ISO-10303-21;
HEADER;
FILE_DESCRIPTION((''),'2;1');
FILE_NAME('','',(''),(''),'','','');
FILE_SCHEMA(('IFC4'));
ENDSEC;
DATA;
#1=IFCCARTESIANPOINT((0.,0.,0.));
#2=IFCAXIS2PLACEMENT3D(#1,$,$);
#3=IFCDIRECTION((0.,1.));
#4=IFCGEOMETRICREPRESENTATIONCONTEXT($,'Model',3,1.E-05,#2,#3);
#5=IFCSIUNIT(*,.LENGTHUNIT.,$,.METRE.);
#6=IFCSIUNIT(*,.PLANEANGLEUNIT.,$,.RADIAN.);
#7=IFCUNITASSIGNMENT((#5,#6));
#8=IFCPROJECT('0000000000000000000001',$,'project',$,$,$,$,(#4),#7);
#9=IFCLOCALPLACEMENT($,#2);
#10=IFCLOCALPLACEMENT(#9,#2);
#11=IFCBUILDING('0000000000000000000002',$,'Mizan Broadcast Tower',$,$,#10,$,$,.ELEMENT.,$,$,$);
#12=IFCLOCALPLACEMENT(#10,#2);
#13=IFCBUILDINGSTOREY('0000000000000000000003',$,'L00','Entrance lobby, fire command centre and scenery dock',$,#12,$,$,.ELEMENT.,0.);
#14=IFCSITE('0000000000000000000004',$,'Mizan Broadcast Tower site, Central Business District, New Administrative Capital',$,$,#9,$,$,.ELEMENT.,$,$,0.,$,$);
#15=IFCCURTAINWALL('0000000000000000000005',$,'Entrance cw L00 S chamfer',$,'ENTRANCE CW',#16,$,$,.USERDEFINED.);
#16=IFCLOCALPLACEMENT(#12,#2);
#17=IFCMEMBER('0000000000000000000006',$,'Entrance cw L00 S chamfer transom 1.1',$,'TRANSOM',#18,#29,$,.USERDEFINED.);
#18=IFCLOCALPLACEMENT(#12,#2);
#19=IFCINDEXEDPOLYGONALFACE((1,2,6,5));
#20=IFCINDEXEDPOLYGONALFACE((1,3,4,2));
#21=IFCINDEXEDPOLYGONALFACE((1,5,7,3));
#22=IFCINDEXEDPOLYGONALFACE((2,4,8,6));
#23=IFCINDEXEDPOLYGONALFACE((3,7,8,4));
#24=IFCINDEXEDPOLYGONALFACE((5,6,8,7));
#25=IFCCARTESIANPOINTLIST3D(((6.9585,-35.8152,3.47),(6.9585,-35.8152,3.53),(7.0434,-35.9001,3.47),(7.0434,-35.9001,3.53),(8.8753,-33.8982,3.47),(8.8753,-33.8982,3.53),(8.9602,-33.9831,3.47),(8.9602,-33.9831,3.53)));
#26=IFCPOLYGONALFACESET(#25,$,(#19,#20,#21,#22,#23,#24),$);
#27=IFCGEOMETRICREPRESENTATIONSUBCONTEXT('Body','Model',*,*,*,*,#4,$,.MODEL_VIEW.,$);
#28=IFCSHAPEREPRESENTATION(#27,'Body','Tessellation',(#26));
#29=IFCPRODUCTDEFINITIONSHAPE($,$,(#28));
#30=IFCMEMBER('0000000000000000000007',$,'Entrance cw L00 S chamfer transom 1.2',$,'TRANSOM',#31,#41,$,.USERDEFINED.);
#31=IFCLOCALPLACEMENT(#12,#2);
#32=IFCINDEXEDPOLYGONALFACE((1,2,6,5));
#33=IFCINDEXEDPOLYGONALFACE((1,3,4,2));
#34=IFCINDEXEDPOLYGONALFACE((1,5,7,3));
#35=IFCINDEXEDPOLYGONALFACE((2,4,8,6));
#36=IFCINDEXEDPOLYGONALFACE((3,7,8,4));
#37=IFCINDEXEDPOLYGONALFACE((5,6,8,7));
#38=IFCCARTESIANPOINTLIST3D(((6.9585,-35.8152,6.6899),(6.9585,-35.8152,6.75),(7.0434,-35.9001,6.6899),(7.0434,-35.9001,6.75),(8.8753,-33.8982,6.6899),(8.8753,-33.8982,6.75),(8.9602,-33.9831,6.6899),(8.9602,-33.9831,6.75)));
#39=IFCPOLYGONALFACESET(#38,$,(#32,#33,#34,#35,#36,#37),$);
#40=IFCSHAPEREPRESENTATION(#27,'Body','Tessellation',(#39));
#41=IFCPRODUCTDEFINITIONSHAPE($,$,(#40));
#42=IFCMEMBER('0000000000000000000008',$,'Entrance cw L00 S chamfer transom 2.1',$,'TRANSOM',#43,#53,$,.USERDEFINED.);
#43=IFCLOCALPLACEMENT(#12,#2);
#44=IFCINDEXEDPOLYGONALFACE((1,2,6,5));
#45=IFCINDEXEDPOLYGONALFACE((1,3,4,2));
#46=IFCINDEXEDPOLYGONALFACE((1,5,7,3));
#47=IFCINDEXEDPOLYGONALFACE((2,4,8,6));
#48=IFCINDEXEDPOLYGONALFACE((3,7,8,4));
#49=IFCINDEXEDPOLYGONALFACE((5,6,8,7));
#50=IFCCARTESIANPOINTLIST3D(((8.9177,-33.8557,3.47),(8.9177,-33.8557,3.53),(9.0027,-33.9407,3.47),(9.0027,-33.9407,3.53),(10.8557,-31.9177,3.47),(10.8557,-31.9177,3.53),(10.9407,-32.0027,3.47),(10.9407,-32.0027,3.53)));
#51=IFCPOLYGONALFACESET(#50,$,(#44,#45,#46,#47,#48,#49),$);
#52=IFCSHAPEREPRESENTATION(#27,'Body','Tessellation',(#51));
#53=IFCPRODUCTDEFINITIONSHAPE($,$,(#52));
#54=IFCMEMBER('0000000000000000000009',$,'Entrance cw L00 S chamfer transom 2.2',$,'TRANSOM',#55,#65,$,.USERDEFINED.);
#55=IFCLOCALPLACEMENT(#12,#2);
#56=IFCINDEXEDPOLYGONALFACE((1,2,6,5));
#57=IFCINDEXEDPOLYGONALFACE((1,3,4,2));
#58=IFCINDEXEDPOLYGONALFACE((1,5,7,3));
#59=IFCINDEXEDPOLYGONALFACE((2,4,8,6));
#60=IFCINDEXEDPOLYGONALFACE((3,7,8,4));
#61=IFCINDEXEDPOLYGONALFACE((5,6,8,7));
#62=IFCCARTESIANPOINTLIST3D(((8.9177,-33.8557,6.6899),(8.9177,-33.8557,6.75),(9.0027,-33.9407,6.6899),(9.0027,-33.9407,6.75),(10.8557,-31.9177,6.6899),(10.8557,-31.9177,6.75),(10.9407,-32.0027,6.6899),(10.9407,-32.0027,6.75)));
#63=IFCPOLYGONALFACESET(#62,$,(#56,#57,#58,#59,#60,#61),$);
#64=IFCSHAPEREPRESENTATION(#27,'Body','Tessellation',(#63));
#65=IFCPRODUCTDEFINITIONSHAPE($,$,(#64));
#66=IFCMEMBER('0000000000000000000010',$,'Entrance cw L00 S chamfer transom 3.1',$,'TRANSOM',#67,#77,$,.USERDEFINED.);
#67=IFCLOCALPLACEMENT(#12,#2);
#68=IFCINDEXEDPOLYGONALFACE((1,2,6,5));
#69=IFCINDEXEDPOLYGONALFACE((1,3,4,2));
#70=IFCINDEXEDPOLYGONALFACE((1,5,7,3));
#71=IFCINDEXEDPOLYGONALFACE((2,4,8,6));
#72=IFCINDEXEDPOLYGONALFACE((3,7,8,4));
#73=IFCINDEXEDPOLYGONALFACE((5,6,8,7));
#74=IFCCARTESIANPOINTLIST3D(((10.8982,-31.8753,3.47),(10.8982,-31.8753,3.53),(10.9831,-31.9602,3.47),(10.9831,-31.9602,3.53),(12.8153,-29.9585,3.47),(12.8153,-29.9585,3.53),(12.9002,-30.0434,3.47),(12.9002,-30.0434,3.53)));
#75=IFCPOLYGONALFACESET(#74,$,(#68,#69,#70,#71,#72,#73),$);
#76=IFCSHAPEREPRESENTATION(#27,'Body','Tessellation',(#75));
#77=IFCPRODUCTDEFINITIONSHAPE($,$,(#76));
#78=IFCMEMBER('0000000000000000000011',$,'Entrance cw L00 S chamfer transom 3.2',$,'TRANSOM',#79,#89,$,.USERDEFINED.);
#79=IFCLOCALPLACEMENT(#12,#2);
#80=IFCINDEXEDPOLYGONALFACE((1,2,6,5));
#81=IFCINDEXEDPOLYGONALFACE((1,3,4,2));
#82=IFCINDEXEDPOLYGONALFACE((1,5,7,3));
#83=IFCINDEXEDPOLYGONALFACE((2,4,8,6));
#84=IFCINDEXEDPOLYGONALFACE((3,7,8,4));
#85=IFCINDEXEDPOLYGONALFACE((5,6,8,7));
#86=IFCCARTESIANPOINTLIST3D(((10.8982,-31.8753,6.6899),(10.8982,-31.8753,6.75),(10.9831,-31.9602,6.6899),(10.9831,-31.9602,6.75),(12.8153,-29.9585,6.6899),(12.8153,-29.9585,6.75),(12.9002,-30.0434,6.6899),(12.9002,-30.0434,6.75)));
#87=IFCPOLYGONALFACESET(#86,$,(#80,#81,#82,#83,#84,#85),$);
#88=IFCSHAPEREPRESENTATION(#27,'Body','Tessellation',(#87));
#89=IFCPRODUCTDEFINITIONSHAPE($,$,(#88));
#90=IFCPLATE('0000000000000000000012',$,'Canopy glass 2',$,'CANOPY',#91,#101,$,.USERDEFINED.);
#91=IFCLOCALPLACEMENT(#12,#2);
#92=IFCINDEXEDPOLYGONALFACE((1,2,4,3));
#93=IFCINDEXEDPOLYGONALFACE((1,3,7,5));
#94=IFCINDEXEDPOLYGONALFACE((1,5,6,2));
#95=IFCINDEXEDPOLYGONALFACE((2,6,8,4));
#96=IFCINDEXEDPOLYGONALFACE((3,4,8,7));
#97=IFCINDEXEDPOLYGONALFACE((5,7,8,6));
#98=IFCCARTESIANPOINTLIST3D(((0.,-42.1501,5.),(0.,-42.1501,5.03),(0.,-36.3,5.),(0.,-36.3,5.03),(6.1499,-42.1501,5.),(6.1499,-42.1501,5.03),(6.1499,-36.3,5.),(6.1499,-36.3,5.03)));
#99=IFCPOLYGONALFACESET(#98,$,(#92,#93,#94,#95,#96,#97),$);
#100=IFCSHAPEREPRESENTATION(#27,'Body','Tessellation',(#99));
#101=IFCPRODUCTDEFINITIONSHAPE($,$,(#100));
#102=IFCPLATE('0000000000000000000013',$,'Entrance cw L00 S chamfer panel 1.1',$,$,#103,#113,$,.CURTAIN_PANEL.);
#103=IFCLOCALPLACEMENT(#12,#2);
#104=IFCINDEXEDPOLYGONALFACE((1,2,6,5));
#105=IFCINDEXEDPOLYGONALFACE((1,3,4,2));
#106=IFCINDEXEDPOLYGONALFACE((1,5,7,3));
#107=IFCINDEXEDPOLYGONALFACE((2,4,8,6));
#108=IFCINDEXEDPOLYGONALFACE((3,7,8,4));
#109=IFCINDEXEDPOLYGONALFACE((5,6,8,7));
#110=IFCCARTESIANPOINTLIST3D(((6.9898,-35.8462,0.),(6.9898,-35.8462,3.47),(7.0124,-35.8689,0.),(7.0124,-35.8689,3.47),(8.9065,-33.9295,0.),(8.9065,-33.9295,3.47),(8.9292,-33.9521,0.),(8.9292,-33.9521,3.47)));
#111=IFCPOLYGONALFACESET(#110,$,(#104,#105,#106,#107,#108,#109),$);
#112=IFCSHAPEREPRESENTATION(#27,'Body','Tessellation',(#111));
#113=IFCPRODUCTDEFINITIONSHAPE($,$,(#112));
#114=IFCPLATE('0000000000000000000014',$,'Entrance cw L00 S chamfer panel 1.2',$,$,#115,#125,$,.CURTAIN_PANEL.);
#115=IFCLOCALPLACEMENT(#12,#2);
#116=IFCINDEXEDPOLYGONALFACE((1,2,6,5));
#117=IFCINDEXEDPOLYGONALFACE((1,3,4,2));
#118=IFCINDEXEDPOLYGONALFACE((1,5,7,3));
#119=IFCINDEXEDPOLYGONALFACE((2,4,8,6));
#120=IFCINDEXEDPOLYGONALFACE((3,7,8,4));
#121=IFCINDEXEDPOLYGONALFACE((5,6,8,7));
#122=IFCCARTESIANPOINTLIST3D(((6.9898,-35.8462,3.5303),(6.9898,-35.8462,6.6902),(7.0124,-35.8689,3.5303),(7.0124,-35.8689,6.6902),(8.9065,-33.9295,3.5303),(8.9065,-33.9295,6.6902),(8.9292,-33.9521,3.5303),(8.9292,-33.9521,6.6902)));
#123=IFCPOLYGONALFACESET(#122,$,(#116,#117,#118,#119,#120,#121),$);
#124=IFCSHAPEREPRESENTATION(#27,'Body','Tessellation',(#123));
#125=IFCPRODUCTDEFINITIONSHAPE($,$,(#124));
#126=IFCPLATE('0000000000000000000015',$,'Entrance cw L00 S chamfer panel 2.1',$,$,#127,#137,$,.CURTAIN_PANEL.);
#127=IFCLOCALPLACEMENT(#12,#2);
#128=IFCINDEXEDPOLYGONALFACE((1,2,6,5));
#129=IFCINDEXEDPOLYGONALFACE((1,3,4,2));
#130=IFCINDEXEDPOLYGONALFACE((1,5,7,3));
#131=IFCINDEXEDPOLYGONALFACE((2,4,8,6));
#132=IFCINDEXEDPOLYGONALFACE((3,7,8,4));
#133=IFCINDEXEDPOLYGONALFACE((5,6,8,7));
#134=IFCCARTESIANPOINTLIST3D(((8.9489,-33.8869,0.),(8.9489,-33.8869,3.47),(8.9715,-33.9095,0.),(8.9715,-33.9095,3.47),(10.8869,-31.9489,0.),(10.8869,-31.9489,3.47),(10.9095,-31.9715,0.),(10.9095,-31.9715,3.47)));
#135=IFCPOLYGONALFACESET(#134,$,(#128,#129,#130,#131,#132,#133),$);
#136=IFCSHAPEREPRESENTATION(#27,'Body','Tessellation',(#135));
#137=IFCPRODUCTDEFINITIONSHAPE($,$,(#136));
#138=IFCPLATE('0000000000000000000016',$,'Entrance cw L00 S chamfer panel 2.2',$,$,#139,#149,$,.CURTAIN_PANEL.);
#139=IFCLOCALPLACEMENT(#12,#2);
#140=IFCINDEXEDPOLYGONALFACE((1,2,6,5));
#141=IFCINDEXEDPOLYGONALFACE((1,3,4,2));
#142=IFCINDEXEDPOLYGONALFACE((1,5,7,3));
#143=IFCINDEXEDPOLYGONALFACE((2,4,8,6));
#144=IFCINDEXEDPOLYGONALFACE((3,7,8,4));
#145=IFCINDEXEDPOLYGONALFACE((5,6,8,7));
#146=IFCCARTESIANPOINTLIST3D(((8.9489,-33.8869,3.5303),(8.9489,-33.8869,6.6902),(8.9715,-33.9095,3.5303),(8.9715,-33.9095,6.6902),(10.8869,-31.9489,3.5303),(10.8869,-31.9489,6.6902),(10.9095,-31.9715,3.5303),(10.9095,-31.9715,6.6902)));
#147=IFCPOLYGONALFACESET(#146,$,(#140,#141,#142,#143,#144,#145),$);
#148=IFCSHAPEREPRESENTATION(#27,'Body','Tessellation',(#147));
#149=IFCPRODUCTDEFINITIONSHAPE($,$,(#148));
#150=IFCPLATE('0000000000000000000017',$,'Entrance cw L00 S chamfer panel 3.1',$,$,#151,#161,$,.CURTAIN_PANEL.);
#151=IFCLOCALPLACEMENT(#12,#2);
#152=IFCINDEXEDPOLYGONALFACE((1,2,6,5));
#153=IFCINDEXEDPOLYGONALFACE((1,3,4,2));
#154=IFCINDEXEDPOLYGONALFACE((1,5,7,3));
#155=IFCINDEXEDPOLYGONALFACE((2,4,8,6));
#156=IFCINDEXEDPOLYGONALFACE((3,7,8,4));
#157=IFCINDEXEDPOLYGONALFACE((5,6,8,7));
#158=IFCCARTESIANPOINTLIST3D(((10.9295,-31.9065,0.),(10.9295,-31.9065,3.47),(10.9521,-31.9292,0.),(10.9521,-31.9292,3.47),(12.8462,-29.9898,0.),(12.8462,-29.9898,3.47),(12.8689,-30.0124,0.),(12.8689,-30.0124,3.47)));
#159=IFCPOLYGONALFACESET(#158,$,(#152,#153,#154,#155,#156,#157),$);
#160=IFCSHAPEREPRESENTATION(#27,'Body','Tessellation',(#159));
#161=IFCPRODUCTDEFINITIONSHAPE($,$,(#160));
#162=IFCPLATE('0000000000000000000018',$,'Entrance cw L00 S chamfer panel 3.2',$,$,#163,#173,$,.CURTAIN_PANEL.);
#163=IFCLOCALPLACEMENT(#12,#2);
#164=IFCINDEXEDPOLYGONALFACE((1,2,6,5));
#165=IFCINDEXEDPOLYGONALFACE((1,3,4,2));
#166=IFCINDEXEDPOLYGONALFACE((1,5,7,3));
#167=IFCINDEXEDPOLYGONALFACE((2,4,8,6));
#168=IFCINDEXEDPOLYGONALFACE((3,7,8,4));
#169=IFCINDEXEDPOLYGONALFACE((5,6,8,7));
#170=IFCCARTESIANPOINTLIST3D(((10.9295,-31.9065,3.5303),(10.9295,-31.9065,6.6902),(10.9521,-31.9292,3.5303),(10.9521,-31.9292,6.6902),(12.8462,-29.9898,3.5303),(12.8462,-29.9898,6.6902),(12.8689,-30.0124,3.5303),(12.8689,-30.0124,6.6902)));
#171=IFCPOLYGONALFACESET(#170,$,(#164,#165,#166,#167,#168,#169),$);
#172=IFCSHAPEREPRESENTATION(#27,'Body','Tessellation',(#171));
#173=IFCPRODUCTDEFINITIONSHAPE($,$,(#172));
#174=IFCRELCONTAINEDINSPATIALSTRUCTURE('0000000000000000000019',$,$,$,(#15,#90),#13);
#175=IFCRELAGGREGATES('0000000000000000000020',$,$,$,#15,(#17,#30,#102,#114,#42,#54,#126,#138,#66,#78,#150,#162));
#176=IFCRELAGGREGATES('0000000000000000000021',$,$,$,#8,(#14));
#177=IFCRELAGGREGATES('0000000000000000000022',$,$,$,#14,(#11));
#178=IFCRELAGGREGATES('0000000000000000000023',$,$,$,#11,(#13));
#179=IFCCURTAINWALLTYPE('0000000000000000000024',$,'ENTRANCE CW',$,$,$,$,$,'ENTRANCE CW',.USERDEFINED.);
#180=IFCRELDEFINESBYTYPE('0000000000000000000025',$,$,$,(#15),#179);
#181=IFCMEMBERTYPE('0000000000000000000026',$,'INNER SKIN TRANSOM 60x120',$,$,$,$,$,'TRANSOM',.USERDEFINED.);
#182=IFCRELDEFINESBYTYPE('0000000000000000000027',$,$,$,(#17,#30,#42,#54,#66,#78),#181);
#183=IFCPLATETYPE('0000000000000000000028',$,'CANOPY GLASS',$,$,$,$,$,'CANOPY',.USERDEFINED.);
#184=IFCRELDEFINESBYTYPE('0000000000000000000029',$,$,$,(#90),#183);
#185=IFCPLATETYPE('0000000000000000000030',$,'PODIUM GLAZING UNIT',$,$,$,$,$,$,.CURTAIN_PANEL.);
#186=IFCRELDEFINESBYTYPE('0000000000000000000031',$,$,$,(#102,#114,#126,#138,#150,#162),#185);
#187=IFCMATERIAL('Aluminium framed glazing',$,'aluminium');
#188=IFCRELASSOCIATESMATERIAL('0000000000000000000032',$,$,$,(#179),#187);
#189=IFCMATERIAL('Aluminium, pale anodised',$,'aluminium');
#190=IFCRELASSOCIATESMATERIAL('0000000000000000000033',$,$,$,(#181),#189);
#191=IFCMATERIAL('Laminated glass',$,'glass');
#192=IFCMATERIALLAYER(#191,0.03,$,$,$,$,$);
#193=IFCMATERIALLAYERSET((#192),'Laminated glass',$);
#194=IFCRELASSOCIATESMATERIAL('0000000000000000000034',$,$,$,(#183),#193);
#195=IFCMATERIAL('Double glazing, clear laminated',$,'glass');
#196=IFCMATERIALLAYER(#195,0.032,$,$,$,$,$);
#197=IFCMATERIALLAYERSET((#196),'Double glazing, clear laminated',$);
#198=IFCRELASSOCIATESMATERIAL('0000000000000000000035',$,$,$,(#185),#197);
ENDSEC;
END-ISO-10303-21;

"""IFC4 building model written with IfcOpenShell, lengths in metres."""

from ifc_helpers import new_model, si_unit, direction, frame, origin, origin_2d, place, context, subcontext, project, spatial, rectangle, extrude, material, layer, layer_set, material_profile, profile_set, type_object, element, aggregate, save


model = new_model("IFC4")

# Units and contexts
model_context = context("Model", 3, precision=1e-05, world=origin(), true_north=direction((0.0, 1.0)))
body_context = subcontext(model_context, "Body", "Model", "MODEL_VIEW")
ifc_project = project(units=[si_unit("LENGTHUNIT", "METRE"), si_unit("PLANEANGLEUNIT", "RADIAN")], contexts=[model_context])

# Site, building, storey
site_placement = place(None, origin())
site = spatial("IfcSite", under=ifc_project, at=site_placement, Name="Mizan Broadcast Tower site, Central Business District, New Administrative Capital", CompositionType="ELEMENT", RefElevation=0.0)
building_placement = place(site_placement, origin())
building = spatial("IfcBuilding", under=site, at=building_placement, Name="Mizan Broadcast Tower", CompositionType="ELEMENT")
storey_placement = place(building_placement, origin())
storey = spatial("IfcBuildingStorey", under=building, at=storey_placement, Name="L00", Description="Entrance lobby, fire command centre and scenery dock", CompositionType="ELEMENT", Elevation=0.0)

# Curtain wall, members
ifc_material_1 = material(Name="Aluminium framed glazing", Category="aluminium")
curtain_wall_type = type_object("IfcCurtainWallType", Name="ENTRANCE CW", ElementType="ENTRANCE CW", PredefinedType="USERDEFINED", material=ifc_material_1)
curtain_wall_placement = place(storey_placement, origin())
curtain_wall = element("IfcCurtainWall", 1, at=curtain_wall_placement, inside=storey, type_object=curtain_wall_type, Name="Entrance cw L00 S chamfer", ObjectType="ENTRANCE CW", PredefinedType="USERDEFINED")
ifc_material_2 = material(Name="Aluminium, pale anodised", Category="aluminium")
ifc_material_profile_1 = material_profile(ifc_material_2, rectangle(XDim=0.1201, YDim=0.0601, at=origin_2d()), Name="TRANSOM 120x60")
ifc_profile_set_1 = profile_set([ifc_material_profile_1], Name="Aluminium, pale anodised")
member_type_1 = type_object("IfcMemberType", Name="INNER SKIN TRANSOM 60x120", ElementType="TRANSOM", PredefinedType="USERDEFINED", material=ifc_profile_set_1)
member_1_placement = place(storey_placement, frame((7.001, -35.8577, 3.5), z_axis=(0.707062, 0.707152, 0.0), x_axis=(-0.707152, 0.707062, 0.0)))
member_1 = element("IfcMember", 2, at=member_1_placement, type_object=member_type_1, Name="Entrance cw L00 S chamfer transom 1.1", ObjectType="TRANSOM", PredefinedType="USERDEFINED", context=body_context, shape_type="SweptSolid", body=[
    extrude(rectangle(XDim=0.1201, YDim=0.0601, at=origin_2d()), origin(), (0.0, 0.0, 1.0), 2.7109),
])
member_2_placement = place(storey_placement, frame((7.001, -35.8577, 6.72), z_axis=(0.707062, 0.707152, 0.0), x_axis=(-0.707152, 0.707062, 0.0)))
member_2 = element("IfcMember", 3, at=member_2_placement, type_object=member_type_1, Name="Entrance cw L00 S chamfer transom 1.2", ObjectType="TRANSOM", PredefinedType="USERDEFINED", context=body_context, shape_type="SweptSolid", body=[
    extrude(rectangle(XDim=0.1201, YDim=0.0601, at=origin_2d()), origin(), (0.0, 0.0, 1.0), 2.7109),
])
member_3_placement = place(storey_placement, frame((8.9602, -33.8982, 3.5), z_axis=(0.707107, 0.707107, 0.0), x_axis=(-0.707107, 0.707107, 0.0)))
member_3 = element("IfcMember", 4, at=member_3_placement, type_object=member_type_1, Name="Entrance cw L00 S chamfer transom 2.1", ObjectType="TRANSOM", PredefinedType="USERDEFINED", context=body_context, shape_type="SweptSolid", body=[
    extrude(rectangle(XDim=0.1201, YDim=0.0601, at=origin_2d()), origin(), (0.0, 0.0, 1.0), 2.7407),
])
member_4_placement = place(storey_placement, frame((8.9602, -33.8982, 6.72), z_axis=(0.707107, 0.707107, 0.0), x_axis=(-0.707107, 0.707107, 0.0)))
member_4 = element("IfcMember", 5, at=member_4_placement, type_object=member_type_1, Name="Entrance cw L00 S chamfer transom 2.2", ObjectType="TRANSOM", PredefinedType="USERDEFINED", context=body_context, shape_type="SweptSolid", body=[
    extrude(rectangle(XDim=0.1201, YDim=0.0601, at=origin_2d()), origin(), (0.0, 0.0, 1.0), 2.7407),
])
member_5_placement = place(storey_placement, frame((10.9407, -31.9177, 3.5), z_axis=(0.707152, 0.707062, 0.0), x_axis=(-0.707062, 0.707152, 0.0)))
member_5 = element("IfcMember", 6, at=member_5_placement, type_object=member_type_1, Name="Entrance cw L00 S chamfer transom 3.1", ObjectType="TRANSOM", PredefinedType="USERDEFINED", context=body_context, shape_type="SweptSolid", body=[
    extrude(rectangle(XDim=0.1201, YDim=0.0601, at=origin_2d()), origin(), (0.0, 0.0, 1.0), 2.7109),
])
member_6_placement = place(storey_placement, frame((10.9407, -31.9177, 6.72), z_axis=(0.707152, 0.707062, 0.0), x_axis=(-0.707062, 0.707152, 0.0)))
member_6 = element("IfcMember", 7, at=member_6_placement, type_object=member_type_1, Name="Entrance cw L00 S chamfer transom 3.2", ObjectType="TRANSOM", PredefinedType="USERDEFINED", context=body_context, shape_type="SweptSolid", body=[
    extrude(rectangle(XDim=0.1201, YDim=0.0601, at=origin_2d()), origin(), (0.0, 0.0, 1.0), 2.7109),
])

# Plates
ifc_material_3 = material(Name="Laminated glass", Category="glass")
ifc_layer_1 = layer(ifc_material_3, 0.03)
ifc_layer_set_1 = layer_set([ifc_layer_1], Name="Laminated glass")
plate_type_1 = type_object("IfcPlateType", Name="CANOPY GLASS", ElementType="CANOPY", PredefinedType="USERDEFINED", material=ifc_layer_set_1)
plate_1_placement = place(storey_placement, frame((3.075, -39.2251, 5.0), z_axis=(0.0, 0.0, 1.0), x_axis=(1.0, 0.0, 0.0)))
element("IfcPlate", 8, at=plate_1_placement, inside=storey, type_object=plate_type_1, Name="Canopy glass 2", ObjectType="CANOPY", PredefinedType="USERDEFINED", context=body_context, shape_type="SweptSolid", body=[
    extrude(rectangle(XDim=6.1499, YDim=5.8501, at=origin_2d()), origin(), (0.0, 0.0, 1.0), 0.03),
])
ifc_material_4 = material(Name="Double glazing, clear laminated", Category="glass")
ifc_layer_2 = layer(ifc_material_4, 0.032)
ifc_layer_set_2 = layer_set([ifc_layer_2], Name="Double glazing, clear laminated")
plate_type_2 = type_object("IfcPlateType", Name="PODIUM GLAZING UNIT", PredefinedType="CURTAIN_PANEL", material=ifc_layer_set_2)
plate_2_placement = place(storey_placement, frame((7.9595, -34.8992, 0.0), z_axis=(0.0, 0.0, 1.0), x_axis=(0.707107, 0.707107, 0.0)))
plate_2 = element("IfcPlate", 9, at=plate_2_placement, type_object=plate_type_2, Name="Entrance cw L00 S chamfer panel 1.1", PredefinedType="CURTAIN_PANEL", context=body_context, shape_type="SweptSolid", body=[
    extrude(rectangle(XDim=2.7107, YDim=0.032, at=origin_2d()), origin(), (0.0, 0.0, 1.0), 3.47),
])
plate_3_placement = place(storey_placement, frame((7.9595, -34.8992, 3.5303), z_axis=(0.0, 0.0, 1.0), x_axis=(0.707107, 0.707107, 0.0)))
plate_3 = element("IfcPlate", 10, at=plate_3_placement, type_object=plate_type_2, Name="Entrance cw L00 S chamfer panel 1.2", PredefinedType="CURTAIN_PANEL", context=body_context, shape_type="SweptSolid", body=[
    extrude(rectangle(XDim=2.7107, YDim=0.032, at=origin_2d()), origin(), (0.0, 0.0, 1.0), 3.1599),
])
plate_4_placement = place(storey_placement, frame((9.9292, -32.9292, 0.0), z_axis=(0.0, 0.0, 1.0), x_axis=(0.707107, 0.707107, 0.0)))
plate_4 = element("IfcPlate", 11, at=plate_4_placement, type_object=plate_type_2, Name="Entrance cw L00 S chamfer panel 2.1", PredefinedType="CURTAIN_PANEL", context=body_context, shape_type="SweptSolid", body=[
    extrude(rectangle(XDim=2.7407, YDim=0.032, at=origin_2d()), origin(), (0.0, 0.0, 1.0), 3.47),
])
plate_5_placement = place(storey_placement, frame((9.9292, -32.9292, 3.5303), z_axis=(0.0, 0.0, 1.0), x_axis=(0.707107, 0.707107, 0.0)))
plate_5 = element("IfcPlate", 12, at=plate_5_placement, type_object=plate_type_2, Name="Entrance cw L00 S chamfer panel 2.2", PredefinedType="CURTAIN_PANEL", context=body_context, shape_type="SweptSolid", body=[
    extrude(rectangle(XDim=2.7407, YDim=0.032, at=origin_2d()), origin(), (0.0, 0.0, 1.0), 3.1599),
])
plate_6_placement = place(storey_placement, frame((11.8992, -30.9595, 0.0), z_axis=(0.0, 0.0, 1.0), x_axis=(0.707107, 0.707107, 0.0)))
plate_6 = element("IfcPlate", 13, at=plate_6_placement, type_object=plate_type_2, Name="Entrance cw L00 S chamfer panel 3.1", PredefinedType="CURTAIN_PANEL", context=body_context, shape_type="SweptSolid", body=[
    extrude(rectangle(XDim=2.7107, YDim=0.032, at=origin_2d()), origin(), (0.0, 0.0, 1.0), 3.47),
])
plate_7_placement = place(storey_placement, frame((11.8992, -30.9595, 3.5303), z_axis=(0.0, 0.0, 1.0), x_axis=(0.707107, 0.707107, 0.0)))
plate_7 = element("IfcPlate", 14, at=plate_7_placement, type_object=plate_type_2, Name="Entrance cw L00 S chamfer panel 3.2", PredefinedType="CURTAIN_PANEL", context=body_context, shape_type="SweptSolid", body=[
    extrude(rectangle(XDim=2.7107, YDim=0.032, at=origin_2d()), origin(), (0.0, 0.0, 1.0), 3.1599),
])
aggregate(curtain_wall, [member_1, member_2, plate_2, plate_3, member_3, member_4, plate_4, plate_5, member_5, member_6, plate_6, plate_7])

save(model, "model.ifc")
